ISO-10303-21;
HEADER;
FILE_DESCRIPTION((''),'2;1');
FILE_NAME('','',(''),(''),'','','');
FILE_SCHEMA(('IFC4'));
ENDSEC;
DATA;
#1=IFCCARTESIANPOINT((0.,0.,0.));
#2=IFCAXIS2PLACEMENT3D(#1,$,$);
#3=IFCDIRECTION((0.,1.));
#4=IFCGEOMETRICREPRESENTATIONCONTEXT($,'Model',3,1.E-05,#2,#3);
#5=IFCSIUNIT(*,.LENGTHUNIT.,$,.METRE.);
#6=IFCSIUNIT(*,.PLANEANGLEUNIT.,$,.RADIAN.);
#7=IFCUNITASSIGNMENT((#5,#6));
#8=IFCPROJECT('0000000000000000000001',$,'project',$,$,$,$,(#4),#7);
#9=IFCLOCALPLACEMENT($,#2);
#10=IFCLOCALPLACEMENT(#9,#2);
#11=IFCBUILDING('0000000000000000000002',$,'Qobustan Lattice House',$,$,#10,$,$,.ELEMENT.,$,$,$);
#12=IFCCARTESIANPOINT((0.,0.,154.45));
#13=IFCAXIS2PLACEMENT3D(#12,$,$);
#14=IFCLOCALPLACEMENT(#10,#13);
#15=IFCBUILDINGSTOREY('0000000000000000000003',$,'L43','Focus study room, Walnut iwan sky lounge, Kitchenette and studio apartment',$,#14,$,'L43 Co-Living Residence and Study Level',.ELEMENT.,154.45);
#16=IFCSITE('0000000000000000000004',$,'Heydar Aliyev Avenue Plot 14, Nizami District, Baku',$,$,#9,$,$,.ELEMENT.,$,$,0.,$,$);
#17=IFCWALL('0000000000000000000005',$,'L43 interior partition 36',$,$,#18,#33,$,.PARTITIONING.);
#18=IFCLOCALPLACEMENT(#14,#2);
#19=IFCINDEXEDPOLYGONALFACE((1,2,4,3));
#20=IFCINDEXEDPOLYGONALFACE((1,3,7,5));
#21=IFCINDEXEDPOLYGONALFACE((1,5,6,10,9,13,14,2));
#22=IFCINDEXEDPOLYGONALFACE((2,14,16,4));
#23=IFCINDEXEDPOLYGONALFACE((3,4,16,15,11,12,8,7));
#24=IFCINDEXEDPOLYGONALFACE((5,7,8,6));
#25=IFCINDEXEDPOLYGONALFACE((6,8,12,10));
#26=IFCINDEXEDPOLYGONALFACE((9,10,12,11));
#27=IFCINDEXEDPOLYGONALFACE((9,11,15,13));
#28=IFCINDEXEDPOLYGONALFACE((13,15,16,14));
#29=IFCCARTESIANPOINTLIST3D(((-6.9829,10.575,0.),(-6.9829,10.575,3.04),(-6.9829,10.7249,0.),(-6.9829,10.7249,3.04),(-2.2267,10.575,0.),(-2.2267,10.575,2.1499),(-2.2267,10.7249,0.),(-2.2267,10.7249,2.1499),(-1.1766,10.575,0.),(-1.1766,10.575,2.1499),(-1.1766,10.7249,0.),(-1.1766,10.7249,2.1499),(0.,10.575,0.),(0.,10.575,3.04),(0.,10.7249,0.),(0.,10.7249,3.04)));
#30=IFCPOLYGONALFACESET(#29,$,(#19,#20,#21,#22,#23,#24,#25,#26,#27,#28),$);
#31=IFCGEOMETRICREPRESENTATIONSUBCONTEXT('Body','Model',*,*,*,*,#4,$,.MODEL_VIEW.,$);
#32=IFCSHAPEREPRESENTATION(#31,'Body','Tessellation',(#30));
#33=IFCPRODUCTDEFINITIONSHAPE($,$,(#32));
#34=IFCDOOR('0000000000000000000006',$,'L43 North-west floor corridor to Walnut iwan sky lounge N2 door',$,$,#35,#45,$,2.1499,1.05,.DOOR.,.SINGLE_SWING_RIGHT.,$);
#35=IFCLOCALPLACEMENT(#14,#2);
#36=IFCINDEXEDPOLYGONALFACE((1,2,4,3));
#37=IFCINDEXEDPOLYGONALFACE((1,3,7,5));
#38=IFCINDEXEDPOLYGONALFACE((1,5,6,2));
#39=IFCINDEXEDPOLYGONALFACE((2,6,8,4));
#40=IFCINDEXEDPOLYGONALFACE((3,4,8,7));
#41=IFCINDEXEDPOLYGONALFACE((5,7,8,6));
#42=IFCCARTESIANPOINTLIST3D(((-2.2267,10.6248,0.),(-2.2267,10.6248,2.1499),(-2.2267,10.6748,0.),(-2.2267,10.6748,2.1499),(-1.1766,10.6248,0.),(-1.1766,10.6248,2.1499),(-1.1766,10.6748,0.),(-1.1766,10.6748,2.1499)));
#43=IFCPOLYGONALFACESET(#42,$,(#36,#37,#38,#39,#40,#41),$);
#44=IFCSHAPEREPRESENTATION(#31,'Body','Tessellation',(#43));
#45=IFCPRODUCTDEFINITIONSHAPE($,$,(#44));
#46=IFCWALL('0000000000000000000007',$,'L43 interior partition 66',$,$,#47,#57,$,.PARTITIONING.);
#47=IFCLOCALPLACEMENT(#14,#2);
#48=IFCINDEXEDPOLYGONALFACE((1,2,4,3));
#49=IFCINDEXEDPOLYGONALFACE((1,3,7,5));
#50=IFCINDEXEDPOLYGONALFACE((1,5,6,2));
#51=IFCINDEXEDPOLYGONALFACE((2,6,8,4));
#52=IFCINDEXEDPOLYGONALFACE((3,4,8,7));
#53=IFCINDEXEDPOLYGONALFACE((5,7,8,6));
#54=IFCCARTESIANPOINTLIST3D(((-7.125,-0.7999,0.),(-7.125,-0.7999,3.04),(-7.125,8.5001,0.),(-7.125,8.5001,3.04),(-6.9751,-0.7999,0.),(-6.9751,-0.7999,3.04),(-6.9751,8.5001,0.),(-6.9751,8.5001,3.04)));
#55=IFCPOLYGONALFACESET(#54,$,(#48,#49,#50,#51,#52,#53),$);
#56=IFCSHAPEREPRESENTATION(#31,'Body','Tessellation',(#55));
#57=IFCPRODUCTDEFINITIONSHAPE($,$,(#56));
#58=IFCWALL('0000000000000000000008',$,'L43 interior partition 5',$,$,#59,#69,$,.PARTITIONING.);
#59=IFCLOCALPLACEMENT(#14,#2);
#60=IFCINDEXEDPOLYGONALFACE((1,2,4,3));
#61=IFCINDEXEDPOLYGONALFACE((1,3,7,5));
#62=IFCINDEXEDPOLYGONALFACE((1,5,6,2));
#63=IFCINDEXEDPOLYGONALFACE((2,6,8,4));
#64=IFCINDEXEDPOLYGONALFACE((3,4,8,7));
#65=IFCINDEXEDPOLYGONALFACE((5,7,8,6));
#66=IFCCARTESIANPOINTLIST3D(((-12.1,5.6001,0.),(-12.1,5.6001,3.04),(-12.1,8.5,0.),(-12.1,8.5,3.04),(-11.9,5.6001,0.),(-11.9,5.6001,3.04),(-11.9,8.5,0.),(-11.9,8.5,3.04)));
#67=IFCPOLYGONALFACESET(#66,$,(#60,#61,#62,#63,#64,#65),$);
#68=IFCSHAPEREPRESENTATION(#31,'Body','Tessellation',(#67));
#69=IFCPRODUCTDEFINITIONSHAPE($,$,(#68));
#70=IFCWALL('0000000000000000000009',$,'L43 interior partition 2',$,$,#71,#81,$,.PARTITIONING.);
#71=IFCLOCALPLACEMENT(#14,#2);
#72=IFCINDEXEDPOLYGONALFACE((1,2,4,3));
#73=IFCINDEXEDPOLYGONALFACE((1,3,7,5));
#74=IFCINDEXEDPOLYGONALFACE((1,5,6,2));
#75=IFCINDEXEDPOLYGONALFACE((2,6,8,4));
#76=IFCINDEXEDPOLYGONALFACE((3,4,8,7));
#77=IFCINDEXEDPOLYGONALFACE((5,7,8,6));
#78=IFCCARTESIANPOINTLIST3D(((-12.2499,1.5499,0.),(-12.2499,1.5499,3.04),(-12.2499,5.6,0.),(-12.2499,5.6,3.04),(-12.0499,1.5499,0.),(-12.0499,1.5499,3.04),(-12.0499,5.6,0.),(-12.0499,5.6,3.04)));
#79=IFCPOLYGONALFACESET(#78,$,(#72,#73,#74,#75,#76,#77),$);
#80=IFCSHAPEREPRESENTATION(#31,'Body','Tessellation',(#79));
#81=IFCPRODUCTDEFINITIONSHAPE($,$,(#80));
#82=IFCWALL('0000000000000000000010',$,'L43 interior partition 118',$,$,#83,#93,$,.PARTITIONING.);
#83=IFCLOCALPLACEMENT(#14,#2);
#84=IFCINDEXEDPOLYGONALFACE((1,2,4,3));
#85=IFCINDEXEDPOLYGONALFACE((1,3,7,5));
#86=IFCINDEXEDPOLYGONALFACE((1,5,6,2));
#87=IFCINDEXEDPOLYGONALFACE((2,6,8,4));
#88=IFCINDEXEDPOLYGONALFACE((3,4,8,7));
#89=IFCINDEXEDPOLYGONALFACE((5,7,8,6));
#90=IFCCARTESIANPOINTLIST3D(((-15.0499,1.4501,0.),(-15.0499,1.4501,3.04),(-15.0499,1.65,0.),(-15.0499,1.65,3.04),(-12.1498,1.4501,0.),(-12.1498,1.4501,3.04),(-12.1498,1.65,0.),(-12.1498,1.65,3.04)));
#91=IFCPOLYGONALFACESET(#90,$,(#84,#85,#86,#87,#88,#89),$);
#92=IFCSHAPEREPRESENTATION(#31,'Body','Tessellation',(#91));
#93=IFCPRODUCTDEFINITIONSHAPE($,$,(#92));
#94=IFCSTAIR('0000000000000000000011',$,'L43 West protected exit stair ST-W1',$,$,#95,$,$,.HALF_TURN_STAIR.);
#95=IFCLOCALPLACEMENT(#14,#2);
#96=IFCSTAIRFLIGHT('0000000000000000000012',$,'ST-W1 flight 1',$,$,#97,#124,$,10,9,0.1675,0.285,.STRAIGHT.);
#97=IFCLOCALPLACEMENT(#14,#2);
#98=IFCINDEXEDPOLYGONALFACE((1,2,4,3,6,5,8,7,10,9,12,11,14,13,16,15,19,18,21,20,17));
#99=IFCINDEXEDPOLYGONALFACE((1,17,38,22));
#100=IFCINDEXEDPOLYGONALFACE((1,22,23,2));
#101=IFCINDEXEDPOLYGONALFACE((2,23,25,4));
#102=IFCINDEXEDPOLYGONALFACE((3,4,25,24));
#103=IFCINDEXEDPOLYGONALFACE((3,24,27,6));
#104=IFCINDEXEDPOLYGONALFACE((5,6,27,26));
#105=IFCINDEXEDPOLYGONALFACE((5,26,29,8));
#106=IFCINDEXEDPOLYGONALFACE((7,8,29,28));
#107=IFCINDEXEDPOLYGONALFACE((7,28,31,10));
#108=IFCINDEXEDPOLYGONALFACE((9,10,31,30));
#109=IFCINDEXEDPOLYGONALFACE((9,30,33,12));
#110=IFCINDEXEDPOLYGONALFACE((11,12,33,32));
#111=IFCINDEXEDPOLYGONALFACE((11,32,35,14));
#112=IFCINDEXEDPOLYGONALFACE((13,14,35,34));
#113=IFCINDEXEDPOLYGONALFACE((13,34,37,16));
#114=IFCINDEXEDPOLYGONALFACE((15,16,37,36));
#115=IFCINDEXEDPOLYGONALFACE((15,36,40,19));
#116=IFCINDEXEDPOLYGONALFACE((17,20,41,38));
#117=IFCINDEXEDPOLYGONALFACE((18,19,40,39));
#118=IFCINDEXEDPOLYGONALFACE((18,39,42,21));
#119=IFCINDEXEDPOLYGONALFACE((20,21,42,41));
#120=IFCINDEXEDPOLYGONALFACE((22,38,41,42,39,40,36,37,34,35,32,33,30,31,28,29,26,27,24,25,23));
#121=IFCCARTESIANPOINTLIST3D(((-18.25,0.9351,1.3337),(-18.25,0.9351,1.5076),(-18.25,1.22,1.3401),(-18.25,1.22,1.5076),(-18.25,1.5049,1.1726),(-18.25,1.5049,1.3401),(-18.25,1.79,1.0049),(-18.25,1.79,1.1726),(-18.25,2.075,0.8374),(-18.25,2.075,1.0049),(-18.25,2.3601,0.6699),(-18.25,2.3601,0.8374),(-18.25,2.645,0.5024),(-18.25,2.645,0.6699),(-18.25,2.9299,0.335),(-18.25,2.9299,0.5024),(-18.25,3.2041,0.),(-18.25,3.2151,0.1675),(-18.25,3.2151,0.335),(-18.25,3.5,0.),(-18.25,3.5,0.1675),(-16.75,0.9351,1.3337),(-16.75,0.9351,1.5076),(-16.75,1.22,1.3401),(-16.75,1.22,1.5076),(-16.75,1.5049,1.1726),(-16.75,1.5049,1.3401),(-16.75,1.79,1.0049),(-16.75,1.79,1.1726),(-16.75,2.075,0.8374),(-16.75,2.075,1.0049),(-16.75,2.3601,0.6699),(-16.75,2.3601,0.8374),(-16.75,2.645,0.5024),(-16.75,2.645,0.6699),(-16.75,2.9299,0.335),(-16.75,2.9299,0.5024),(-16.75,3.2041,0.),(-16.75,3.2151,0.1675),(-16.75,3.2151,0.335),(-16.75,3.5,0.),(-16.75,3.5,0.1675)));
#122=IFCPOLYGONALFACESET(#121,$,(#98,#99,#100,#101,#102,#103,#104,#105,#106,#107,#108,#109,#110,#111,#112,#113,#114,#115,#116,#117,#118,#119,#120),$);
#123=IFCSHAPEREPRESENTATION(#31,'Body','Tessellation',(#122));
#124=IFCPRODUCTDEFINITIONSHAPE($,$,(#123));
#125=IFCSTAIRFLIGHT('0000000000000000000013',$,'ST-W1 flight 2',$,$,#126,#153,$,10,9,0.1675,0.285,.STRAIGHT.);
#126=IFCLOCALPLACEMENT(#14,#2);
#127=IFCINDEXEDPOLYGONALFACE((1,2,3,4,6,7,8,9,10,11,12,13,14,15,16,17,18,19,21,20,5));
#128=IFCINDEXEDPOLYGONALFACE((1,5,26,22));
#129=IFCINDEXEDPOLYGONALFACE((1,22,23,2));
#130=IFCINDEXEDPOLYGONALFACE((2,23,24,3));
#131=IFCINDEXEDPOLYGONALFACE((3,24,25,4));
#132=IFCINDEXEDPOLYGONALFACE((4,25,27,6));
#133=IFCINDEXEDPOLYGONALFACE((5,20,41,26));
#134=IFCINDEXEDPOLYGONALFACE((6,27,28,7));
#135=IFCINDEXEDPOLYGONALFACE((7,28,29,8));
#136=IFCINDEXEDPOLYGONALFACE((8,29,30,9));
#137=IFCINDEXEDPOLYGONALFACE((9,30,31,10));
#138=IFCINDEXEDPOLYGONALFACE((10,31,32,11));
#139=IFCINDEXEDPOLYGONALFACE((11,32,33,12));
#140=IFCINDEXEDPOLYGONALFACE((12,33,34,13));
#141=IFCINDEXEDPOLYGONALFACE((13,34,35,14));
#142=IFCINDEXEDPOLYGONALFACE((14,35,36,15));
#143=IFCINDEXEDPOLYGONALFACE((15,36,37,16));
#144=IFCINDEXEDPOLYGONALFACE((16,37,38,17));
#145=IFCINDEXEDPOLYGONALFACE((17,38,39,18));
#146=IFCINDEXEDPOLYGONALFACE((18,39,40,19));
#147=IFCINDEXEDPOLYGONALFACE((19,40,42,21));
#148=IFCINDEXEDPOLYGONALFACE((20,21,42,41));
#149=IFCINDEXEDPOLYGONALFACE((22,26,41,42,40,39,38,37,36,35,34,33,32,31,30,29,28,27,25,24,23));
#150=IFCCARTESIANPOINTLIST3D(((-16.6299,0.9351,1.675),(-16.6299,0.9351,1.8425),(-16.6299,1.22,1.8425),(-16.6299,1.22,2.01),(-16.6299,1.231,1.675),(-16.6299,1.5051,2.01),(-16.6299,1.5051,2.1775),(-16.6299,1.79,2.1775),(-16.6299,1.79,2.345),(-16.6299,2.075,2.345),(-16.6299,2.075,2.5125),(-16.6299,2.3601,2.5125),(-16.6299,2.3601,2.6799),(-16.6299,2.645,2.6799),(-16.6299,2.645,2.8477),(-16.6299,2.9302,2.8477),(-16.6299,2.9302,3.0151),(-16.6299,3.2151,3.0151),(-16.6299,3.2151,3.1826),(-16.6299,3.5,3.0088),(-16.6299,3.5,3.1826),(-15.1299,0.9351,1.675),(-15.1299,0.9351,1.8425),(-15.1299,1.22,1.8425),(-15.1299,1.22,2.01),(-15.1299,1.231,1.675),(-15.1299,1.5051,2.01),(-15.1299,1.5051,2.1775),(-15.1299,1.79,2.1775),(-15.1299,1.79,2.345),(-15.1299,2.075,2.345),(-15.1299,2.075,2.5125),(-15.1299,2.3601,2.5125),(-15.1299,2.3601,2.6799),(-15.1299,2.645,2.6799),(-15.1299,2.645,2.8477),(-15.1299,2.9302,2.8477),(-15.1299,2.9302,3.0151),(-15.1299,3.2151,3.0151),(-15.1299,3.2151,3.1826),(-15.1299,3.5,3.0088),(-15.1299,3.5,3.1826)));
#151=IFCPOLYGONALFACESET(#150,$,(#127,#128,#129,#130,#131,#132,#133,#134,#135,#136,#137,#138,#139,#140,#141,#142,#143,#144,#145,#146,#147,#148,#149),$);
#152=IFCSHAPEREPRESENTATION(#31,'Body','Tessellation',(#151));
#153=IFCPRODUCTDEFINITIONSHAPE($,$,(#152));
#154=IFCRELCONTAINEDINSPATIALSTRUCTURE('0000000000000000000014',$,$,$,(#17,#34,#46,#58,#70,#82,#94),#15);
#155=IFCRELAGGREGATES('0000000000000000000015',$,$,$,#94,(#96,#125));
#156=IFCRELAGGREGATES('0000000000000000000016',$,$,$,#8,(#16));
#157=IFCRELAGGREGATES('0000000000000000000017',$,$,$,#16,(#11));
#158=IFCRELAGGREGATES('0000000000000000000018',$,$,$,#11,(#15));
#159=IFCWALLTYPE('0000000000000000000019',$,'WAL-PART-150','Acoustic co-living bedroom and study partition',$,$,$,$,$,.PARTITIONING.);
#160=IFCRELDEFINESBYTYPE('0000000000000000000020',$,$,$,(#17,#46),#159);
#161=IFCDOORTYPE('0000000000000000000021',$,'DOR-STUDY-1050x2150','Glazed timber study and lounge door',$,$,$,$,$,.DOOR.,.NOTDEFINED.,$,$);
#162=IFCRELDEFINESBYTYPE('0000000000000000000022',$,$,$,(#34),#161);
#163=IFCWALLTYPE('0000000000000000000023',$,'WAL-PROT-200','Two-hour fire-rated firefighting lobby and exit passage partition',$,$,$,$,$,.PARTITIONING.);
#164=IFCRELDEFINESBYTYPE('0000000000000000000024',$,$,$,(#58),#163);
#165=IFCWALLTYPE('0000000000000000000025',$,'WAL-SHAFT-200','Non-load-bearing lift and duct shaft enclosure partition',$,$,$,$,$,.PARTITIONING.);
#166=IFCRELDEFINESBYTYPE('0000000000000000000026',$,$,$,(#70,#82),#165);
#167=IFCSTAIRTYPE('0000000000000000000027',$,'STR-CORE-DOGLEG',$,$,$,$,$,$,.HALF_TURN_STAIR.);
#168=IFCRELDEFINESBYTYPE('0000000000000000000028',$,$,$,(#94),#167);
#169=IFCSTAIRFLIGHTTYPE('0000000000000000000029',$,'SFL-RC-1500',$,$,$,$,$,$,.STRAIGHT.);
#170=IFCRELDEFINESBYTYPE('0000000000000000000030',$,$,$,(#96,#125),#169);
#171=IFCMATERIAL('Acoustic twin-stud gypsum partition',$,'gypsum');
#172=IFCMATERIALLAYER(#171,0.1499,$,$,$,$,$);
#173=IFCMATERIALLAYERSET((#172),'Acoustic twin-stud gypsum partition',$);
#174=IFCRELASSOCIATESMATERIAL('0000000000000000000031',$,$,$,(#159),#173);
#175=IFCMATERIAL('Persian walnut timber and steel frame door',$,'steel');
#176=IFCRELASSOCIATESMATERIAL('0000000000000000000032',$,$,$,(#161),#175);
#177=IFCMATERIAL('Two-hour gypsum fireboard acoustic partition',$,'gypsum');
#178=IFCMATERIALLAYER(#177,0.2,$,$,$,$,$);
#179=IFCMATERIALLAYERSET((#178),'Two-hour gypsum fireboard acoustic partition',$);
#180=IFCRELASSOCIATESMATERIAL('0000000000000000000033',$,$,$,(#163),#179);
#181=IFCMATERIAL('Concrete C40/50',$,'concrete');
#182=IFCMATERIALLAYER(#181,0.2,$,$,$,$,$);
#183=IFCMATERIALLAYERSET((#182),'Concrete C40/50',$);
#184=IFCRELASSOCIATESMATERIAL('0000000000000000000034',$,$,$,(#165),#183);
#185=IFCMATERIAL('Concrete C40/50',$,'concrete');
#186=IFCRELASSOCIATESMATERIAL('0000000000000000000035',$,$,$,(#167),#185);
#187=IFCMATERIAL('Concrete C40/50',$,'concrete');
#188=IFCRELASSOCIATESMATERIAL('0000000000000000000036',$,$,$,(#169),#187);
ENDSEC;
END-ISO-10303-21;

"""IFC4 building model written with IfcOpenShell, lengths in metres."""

from ifc_helpers import new_model, si_unit, direction, frame, frame_2d, origin, place, context, subcontext, project, spatial, polyline, rectangle, outline, extrude, material, layer, layer_set, type_object, element, fill, aggregate, save


model = new_model("IFC4")

# Units and contexts
model_context = context("Model", 3, precision=1e-05, world=origin(), true_north=direction((0.0, 1.0)))
body_context = subcontext(model_context, "Body", "Model", "MODEL_VIEW")
ifc_project = project(units=[si_unit("LENGTHUNIT", "METRE"), si_unit("PLANEANGLEUNIT", "RADIAN")], contexts=[model_context])

# Site, building, storey
site_placement = place(None, origin())
site = spatial("IfcSite", under=ifc_project, at=site_placement, Name="Heydar Aliyev Avenue Plot 14, Nizami District, Baku", CompositionType="ELEMENT", RefElevation=0.0)
building_placement = place(site_placement, origin())
building = spatial("IfcBuilding", under=site, at=building_placement, Name="Qobustan Lattice House", CompositionType="ELEMENT")
storey_placement = place(building_placement, frame((0.0, 0.0, 154.45)))
storey = spatial("IfcBuildingStorey", under=building, at=storey_placement, Name="L43", Description="Focus study room, Walnut iwan sky lounge, Kitchenette and studio apartment", LongName="L43 Co-Living Residence and Study Level", CompositionType="ELEMENT", Elevation=154.45)

# Wall, opening, door
ifc_material_1 = material(Name="Acoustic twin-stud gypsum partition", Category="gypsum")
ifc_layer_1 = layer(ifc_material_1, 0.1499)
ifc_layer_set_1 = layer_set([ifc_layer_1], Name="Acoustic twin-stud gypsum partition")
wall_type_1 = type_object("IfcWallType", Name="WAL-PART-150", Description="Acoustic co-living bedroom and study partition", PredefinedType="PARTITIONING", material=ifc_layer_set_1)
wall_1_placement = place(storey_placement, frame((-6.9829, 10.6499, 0.0), z_axis=(0.0, 0.0, 1.0), x_axis=(1.0, 0.0, 0.0)))
wall_1 = element("IfcWall", 1, at=wall_1_placement, inside=storey, type_object=wall_type_1, Name="L43 interior partition 36", PredefinedType="PARTITIONING", context=body_context, shape_type="SweptSolid", body=[
    extrude(rectangle(XDim=6.9829, YDim=0.1499, at=frame_2d((3.4915, 0.0))), origin(), (0.0, 0.0, 1.0), 3.04),
])
opening_1_placement = place(wall_1_placement, frame((4.7563, 0.0, 0.0)))
opening_1 = element("IfcOpeningElement", 2, at=opening_1_placement, cuts=wall_1, PredefinedType="OPENING", context=body_context, shape_type="SweptSolid", body=[
    extrude(rectangle(XDim=1.05, YDim=2.1499, at=frame_2d((0.5249, 1.075))), frame((0.0, 0.085, 0.0), z_axis=(0.0, -1.0, 0.0), x_axis=(1.0, 0.0, 0.0)), (0.0, 0.0, 1.0), 0.1699),
])
ifc_material_2 = material(Name="Persian walnut timber and steel frame door", Category="steel")
door_type_1 = type_object("IfcDoorType", Name="DOR-STUDY-1050x2150", Description="Glazed timber study and lounge door", OperationType="NOTDEFINED", PredefinedType="DOOR", material=ifc_material_2)
door_1_placement = place(opening_1_placement, origin())
door_1 = element("IfcDoor", 3, at=door_1_placement, inside=storey, type_object=door_type_1, Name="L43 North-west floor corridor to Walnut iwan sky lounge N2 door", OperationType="SINGLE_SWING_RIGHT", OverallHeight=2.1499, OverallWidth=1.05, PredefinedType="DOOR", context=body_context, shape_type="SweptSolid", body=[
    extrude(rectangle(XDim=1.05, YDim=2.1499, at=frame_2d((0.5249, 1.075))), frame((0.0, 0.0249, 0.0), z_axis=(0.0, -1.0, 0.0), x_axis=(1.0, 0.0, 0.0)), (0.0, 0.0, 1.0), 0.05),
])
fill(opening_1, door_1)

# Wall
wall_2_placement = place(storey_placement, frame((-7.05, 8.5, 0.0), z_axis=(0.0, 0.0, 1.0), x_axis=(0.0, -1.0, 0.0)))
element("IfcWall", 4, at=wall_2_placement, inside=storey, type_object=wall_type_1, Name="L43 interior partition 66", PredefinedType="PARTITIONING", context=body_context, shape_type="SweptSolid", body=[
    extrude(rectangle(XDim=9.3, YDim=0.1499, at=frame_2d((4.6499, 0.0))), origin(), (0.0, 0.0, 1.0), 3.04),
])

# Shared definitions
ifc_material_3 = material(Name="Two-hour gypsum fireboard acoustic partition", Category="gypsum")
ifc_layer_2 = layer(ifc_material_3, 0.2)
ifc_layer_set_2 = layer_set([ifc_layer_2], Name="Two-hour gypsum fireboard acoustic partition")
wall_type_2 = type_object("IfcWallType", Name="WAL-PROT-200", Description="Two-hour fire-rated firefighting lobby and exit passage partition", PredefinedType="PARTITIONING", material=ifc_layer_set_2)

# Walls
wall_3_placement = place(storey_placement, frame((-12.0, 5.6001, 0.0), z_axis=(0.0, 0.0, 1.0), x_axis=(0.0, 1.0, 0.0)))
element("IfcWall", 5, at=wall_3_placement, inside=storey, type_object=wall_type_2, Name="L43 interior partition 5", PredefinedType="PARTITIONING", context=body_context, shape_type="SweptSolid", body=[
    extrude(rectangle(XDim=2.8999, YDim=0.2, at=frame_2d((1.45, 0.0))), origin(), (0.0, 0.0, 1.0), 3.04),
])
ifc_material_4 = material(Name="Concrete C40/50", Category="concrete")
ifc_layer_3 = layer(ifc_material_4, 0.2)
ifc_layer_set_3 = layer_set([ifc_layer_3], Name="Concrete C40/50")
wall_type_3 = type_object("IfcWallType", Name="WAL-SHAFT-200", Description="Non-load-bearing lift and duct shaft enclosure partition", PredefinedType="PARTITIONING", material=ifc_layer_set_3)
wall_4_placement = place(storey_placement, frame((-12.1499, 1.55, 0.0), z_axis=(0.0, 0.0, 1.0), x_axis=(0.0, 1.0, 0.0)))
element("IfcWall", 6, at=wall_4_placement, inside=storey, type_object=wall_type_3, Name="L43 interior partition 2", PredefinedType="PARTITIONING", context=body_context, shape_type="SweptSolid", body=[
    extrude(rectangle(XDim=4.05, YDim=0.2, at=frame_2d((2.0249, 0.0))), origin(), (0.0, 0.0, 1.0), 3.04),
])
wall_5_placement = place(storey_placement, frame((-15.05, 1.55, 0.0), z_axis=(0.0, 0.0, 1.0), x_axis=(1.0, 0.0, 0.0)))
element("IfcWall", 7, at=wall_5_placement, inside=storey, type_object=wall_type_3, Name="L43 interior partition 118", PredefinedType="PARTITIONING", context=body_context, shape_type="SweptSolid", body=[
    extrude(rectangle(XDim=2.9001, YDim=0.2, at=frame_2d((1.4502, 0.0))), origin(), (0.0, 0.0, 1.0), 3.04),
])

# Stair, stair flights
ifc_material_5 = material(Name="Concrete C40/50", Category="concrete")
stair_type = type_object("IfcStairType", Name="STR-CORE-DOGLEG", PredefinedType="HALF_TURN_STAIR", material=ifc_material_5)
stair_placement = place(storey_placement, origin())
stair = element("IfcStair", 8, at=stair_placement, inside=storey, type_object=stair_type, Name="L43 West protected exit stair ST-W1", PredefinedType="HALF_TURN_STAIR")
ifc_material_6 = material(Name="Concrete C40/50", Category="concrete")
stair_flight_type = type_object("IfcStairFlightType", Name="SFL-RC-1500", PredefinedType="STRAIGHT", material=ifc_material_6)
stair_flight_1_placement = place(storey_placement, frame((-17.5, 3.5, 0.0), z_axis=(0.0, 0.0, 1.0), x_axis=(0.0, -1.0, 0.0)))
stair_flight_1 = element("IfcStairFlight", 9, at=stair_flight_1_placement, type_object=stair_flight_type, Name="ST-W1 flight 1", NumberOfRisers=10, NumberOfTreads=9, PredefinedType="STRAIGHT", RiserHeight=0.1675, TreadLength=0.285, context=body_context, shape_type="SweptSolid", body=[
    extrude(outline(polyline([(0.0, 0.0), (0.0, 0.1675), (0.2849, 0.1675), (0.2849, 0.335), (0.5701, 0.335), (0.5701, 0.5024), (0.855, 0.5024), (0.855, 0.6699), (1.1399, 0.6699), (1.1399, 0.8374), (1.425, 0.8374), (1.425, 1.0049), (1.71, 1.0049), (1.71, 1.1726), (1.9951, 1.1726), (1.9951, 1.3401), (2.28, 1.3401), (2.28, 1.5076), (2.5649, 1.5076), (2.5649, 1.675), (2.5649, 1.3337), (0.2959, 0.0), (0.0, 0.0)])), frame((0.0, 0.75, 0.0), z_axis=(0.0, -1.0, 0.0), x_axis=(1.0, 0.0, 0.0)), (0.0, 0.0, 1.0), 1.5),
])
stair_flight_2_placement = place(storey_placement, frame((-15.8799, 0.9351, 1.675), z_axis=(0.0, 0.0, 1.0), x_axis=(0.0, 1.0, 0.0)))
stair_flight_2 = element("IfcStairFlight", 10, at=stair_flight_2_placement, type_object=stair_flight_type, Name="ST-W1 flight 2", NumberOfRisers=10, NumberOfTreads=9, PredefinedType="STRAIGHT", RiserHeight=0.1675, TreadLength=0.285, context=body_context, shape_type="SweptSolid", body=[
    extrude(outline(polyline([(0.0, 0.0), (0.0, 0.1675), (0.2849, 0.1675), (0.2849, 0.335), (0.5701, 0.335), (0.5701, 0.5024), (0.855, 0.5024), (0.855, 0.6699), (1.1399, 0.6699), (1.1399, 0.8374), (1.425, 0.8374), (1.425, 1.0049), (1.71, 1.0049), (1.71, 1.1726), (1.9951, 1.1726), (1.9951, 1.3401), (2.28, 1.3401), (2.28, 1.5076), (2.5649, 1.5076), (2.5649, 1.675), (2.5649, 1.3337), (0.2959, 0.0), (0.0, 0.0)])), frame((0.0, 0.75, 0.0), z_axis=(0.0, -1.0, 0.0), x_axis=(1.0, 0.0, 0.0)), (0.0, 0.0, 1.0), 1.5),
])
aggregate(stair, [stair_flight_1, stair_flight_2])

save(model, "model.ifc")
